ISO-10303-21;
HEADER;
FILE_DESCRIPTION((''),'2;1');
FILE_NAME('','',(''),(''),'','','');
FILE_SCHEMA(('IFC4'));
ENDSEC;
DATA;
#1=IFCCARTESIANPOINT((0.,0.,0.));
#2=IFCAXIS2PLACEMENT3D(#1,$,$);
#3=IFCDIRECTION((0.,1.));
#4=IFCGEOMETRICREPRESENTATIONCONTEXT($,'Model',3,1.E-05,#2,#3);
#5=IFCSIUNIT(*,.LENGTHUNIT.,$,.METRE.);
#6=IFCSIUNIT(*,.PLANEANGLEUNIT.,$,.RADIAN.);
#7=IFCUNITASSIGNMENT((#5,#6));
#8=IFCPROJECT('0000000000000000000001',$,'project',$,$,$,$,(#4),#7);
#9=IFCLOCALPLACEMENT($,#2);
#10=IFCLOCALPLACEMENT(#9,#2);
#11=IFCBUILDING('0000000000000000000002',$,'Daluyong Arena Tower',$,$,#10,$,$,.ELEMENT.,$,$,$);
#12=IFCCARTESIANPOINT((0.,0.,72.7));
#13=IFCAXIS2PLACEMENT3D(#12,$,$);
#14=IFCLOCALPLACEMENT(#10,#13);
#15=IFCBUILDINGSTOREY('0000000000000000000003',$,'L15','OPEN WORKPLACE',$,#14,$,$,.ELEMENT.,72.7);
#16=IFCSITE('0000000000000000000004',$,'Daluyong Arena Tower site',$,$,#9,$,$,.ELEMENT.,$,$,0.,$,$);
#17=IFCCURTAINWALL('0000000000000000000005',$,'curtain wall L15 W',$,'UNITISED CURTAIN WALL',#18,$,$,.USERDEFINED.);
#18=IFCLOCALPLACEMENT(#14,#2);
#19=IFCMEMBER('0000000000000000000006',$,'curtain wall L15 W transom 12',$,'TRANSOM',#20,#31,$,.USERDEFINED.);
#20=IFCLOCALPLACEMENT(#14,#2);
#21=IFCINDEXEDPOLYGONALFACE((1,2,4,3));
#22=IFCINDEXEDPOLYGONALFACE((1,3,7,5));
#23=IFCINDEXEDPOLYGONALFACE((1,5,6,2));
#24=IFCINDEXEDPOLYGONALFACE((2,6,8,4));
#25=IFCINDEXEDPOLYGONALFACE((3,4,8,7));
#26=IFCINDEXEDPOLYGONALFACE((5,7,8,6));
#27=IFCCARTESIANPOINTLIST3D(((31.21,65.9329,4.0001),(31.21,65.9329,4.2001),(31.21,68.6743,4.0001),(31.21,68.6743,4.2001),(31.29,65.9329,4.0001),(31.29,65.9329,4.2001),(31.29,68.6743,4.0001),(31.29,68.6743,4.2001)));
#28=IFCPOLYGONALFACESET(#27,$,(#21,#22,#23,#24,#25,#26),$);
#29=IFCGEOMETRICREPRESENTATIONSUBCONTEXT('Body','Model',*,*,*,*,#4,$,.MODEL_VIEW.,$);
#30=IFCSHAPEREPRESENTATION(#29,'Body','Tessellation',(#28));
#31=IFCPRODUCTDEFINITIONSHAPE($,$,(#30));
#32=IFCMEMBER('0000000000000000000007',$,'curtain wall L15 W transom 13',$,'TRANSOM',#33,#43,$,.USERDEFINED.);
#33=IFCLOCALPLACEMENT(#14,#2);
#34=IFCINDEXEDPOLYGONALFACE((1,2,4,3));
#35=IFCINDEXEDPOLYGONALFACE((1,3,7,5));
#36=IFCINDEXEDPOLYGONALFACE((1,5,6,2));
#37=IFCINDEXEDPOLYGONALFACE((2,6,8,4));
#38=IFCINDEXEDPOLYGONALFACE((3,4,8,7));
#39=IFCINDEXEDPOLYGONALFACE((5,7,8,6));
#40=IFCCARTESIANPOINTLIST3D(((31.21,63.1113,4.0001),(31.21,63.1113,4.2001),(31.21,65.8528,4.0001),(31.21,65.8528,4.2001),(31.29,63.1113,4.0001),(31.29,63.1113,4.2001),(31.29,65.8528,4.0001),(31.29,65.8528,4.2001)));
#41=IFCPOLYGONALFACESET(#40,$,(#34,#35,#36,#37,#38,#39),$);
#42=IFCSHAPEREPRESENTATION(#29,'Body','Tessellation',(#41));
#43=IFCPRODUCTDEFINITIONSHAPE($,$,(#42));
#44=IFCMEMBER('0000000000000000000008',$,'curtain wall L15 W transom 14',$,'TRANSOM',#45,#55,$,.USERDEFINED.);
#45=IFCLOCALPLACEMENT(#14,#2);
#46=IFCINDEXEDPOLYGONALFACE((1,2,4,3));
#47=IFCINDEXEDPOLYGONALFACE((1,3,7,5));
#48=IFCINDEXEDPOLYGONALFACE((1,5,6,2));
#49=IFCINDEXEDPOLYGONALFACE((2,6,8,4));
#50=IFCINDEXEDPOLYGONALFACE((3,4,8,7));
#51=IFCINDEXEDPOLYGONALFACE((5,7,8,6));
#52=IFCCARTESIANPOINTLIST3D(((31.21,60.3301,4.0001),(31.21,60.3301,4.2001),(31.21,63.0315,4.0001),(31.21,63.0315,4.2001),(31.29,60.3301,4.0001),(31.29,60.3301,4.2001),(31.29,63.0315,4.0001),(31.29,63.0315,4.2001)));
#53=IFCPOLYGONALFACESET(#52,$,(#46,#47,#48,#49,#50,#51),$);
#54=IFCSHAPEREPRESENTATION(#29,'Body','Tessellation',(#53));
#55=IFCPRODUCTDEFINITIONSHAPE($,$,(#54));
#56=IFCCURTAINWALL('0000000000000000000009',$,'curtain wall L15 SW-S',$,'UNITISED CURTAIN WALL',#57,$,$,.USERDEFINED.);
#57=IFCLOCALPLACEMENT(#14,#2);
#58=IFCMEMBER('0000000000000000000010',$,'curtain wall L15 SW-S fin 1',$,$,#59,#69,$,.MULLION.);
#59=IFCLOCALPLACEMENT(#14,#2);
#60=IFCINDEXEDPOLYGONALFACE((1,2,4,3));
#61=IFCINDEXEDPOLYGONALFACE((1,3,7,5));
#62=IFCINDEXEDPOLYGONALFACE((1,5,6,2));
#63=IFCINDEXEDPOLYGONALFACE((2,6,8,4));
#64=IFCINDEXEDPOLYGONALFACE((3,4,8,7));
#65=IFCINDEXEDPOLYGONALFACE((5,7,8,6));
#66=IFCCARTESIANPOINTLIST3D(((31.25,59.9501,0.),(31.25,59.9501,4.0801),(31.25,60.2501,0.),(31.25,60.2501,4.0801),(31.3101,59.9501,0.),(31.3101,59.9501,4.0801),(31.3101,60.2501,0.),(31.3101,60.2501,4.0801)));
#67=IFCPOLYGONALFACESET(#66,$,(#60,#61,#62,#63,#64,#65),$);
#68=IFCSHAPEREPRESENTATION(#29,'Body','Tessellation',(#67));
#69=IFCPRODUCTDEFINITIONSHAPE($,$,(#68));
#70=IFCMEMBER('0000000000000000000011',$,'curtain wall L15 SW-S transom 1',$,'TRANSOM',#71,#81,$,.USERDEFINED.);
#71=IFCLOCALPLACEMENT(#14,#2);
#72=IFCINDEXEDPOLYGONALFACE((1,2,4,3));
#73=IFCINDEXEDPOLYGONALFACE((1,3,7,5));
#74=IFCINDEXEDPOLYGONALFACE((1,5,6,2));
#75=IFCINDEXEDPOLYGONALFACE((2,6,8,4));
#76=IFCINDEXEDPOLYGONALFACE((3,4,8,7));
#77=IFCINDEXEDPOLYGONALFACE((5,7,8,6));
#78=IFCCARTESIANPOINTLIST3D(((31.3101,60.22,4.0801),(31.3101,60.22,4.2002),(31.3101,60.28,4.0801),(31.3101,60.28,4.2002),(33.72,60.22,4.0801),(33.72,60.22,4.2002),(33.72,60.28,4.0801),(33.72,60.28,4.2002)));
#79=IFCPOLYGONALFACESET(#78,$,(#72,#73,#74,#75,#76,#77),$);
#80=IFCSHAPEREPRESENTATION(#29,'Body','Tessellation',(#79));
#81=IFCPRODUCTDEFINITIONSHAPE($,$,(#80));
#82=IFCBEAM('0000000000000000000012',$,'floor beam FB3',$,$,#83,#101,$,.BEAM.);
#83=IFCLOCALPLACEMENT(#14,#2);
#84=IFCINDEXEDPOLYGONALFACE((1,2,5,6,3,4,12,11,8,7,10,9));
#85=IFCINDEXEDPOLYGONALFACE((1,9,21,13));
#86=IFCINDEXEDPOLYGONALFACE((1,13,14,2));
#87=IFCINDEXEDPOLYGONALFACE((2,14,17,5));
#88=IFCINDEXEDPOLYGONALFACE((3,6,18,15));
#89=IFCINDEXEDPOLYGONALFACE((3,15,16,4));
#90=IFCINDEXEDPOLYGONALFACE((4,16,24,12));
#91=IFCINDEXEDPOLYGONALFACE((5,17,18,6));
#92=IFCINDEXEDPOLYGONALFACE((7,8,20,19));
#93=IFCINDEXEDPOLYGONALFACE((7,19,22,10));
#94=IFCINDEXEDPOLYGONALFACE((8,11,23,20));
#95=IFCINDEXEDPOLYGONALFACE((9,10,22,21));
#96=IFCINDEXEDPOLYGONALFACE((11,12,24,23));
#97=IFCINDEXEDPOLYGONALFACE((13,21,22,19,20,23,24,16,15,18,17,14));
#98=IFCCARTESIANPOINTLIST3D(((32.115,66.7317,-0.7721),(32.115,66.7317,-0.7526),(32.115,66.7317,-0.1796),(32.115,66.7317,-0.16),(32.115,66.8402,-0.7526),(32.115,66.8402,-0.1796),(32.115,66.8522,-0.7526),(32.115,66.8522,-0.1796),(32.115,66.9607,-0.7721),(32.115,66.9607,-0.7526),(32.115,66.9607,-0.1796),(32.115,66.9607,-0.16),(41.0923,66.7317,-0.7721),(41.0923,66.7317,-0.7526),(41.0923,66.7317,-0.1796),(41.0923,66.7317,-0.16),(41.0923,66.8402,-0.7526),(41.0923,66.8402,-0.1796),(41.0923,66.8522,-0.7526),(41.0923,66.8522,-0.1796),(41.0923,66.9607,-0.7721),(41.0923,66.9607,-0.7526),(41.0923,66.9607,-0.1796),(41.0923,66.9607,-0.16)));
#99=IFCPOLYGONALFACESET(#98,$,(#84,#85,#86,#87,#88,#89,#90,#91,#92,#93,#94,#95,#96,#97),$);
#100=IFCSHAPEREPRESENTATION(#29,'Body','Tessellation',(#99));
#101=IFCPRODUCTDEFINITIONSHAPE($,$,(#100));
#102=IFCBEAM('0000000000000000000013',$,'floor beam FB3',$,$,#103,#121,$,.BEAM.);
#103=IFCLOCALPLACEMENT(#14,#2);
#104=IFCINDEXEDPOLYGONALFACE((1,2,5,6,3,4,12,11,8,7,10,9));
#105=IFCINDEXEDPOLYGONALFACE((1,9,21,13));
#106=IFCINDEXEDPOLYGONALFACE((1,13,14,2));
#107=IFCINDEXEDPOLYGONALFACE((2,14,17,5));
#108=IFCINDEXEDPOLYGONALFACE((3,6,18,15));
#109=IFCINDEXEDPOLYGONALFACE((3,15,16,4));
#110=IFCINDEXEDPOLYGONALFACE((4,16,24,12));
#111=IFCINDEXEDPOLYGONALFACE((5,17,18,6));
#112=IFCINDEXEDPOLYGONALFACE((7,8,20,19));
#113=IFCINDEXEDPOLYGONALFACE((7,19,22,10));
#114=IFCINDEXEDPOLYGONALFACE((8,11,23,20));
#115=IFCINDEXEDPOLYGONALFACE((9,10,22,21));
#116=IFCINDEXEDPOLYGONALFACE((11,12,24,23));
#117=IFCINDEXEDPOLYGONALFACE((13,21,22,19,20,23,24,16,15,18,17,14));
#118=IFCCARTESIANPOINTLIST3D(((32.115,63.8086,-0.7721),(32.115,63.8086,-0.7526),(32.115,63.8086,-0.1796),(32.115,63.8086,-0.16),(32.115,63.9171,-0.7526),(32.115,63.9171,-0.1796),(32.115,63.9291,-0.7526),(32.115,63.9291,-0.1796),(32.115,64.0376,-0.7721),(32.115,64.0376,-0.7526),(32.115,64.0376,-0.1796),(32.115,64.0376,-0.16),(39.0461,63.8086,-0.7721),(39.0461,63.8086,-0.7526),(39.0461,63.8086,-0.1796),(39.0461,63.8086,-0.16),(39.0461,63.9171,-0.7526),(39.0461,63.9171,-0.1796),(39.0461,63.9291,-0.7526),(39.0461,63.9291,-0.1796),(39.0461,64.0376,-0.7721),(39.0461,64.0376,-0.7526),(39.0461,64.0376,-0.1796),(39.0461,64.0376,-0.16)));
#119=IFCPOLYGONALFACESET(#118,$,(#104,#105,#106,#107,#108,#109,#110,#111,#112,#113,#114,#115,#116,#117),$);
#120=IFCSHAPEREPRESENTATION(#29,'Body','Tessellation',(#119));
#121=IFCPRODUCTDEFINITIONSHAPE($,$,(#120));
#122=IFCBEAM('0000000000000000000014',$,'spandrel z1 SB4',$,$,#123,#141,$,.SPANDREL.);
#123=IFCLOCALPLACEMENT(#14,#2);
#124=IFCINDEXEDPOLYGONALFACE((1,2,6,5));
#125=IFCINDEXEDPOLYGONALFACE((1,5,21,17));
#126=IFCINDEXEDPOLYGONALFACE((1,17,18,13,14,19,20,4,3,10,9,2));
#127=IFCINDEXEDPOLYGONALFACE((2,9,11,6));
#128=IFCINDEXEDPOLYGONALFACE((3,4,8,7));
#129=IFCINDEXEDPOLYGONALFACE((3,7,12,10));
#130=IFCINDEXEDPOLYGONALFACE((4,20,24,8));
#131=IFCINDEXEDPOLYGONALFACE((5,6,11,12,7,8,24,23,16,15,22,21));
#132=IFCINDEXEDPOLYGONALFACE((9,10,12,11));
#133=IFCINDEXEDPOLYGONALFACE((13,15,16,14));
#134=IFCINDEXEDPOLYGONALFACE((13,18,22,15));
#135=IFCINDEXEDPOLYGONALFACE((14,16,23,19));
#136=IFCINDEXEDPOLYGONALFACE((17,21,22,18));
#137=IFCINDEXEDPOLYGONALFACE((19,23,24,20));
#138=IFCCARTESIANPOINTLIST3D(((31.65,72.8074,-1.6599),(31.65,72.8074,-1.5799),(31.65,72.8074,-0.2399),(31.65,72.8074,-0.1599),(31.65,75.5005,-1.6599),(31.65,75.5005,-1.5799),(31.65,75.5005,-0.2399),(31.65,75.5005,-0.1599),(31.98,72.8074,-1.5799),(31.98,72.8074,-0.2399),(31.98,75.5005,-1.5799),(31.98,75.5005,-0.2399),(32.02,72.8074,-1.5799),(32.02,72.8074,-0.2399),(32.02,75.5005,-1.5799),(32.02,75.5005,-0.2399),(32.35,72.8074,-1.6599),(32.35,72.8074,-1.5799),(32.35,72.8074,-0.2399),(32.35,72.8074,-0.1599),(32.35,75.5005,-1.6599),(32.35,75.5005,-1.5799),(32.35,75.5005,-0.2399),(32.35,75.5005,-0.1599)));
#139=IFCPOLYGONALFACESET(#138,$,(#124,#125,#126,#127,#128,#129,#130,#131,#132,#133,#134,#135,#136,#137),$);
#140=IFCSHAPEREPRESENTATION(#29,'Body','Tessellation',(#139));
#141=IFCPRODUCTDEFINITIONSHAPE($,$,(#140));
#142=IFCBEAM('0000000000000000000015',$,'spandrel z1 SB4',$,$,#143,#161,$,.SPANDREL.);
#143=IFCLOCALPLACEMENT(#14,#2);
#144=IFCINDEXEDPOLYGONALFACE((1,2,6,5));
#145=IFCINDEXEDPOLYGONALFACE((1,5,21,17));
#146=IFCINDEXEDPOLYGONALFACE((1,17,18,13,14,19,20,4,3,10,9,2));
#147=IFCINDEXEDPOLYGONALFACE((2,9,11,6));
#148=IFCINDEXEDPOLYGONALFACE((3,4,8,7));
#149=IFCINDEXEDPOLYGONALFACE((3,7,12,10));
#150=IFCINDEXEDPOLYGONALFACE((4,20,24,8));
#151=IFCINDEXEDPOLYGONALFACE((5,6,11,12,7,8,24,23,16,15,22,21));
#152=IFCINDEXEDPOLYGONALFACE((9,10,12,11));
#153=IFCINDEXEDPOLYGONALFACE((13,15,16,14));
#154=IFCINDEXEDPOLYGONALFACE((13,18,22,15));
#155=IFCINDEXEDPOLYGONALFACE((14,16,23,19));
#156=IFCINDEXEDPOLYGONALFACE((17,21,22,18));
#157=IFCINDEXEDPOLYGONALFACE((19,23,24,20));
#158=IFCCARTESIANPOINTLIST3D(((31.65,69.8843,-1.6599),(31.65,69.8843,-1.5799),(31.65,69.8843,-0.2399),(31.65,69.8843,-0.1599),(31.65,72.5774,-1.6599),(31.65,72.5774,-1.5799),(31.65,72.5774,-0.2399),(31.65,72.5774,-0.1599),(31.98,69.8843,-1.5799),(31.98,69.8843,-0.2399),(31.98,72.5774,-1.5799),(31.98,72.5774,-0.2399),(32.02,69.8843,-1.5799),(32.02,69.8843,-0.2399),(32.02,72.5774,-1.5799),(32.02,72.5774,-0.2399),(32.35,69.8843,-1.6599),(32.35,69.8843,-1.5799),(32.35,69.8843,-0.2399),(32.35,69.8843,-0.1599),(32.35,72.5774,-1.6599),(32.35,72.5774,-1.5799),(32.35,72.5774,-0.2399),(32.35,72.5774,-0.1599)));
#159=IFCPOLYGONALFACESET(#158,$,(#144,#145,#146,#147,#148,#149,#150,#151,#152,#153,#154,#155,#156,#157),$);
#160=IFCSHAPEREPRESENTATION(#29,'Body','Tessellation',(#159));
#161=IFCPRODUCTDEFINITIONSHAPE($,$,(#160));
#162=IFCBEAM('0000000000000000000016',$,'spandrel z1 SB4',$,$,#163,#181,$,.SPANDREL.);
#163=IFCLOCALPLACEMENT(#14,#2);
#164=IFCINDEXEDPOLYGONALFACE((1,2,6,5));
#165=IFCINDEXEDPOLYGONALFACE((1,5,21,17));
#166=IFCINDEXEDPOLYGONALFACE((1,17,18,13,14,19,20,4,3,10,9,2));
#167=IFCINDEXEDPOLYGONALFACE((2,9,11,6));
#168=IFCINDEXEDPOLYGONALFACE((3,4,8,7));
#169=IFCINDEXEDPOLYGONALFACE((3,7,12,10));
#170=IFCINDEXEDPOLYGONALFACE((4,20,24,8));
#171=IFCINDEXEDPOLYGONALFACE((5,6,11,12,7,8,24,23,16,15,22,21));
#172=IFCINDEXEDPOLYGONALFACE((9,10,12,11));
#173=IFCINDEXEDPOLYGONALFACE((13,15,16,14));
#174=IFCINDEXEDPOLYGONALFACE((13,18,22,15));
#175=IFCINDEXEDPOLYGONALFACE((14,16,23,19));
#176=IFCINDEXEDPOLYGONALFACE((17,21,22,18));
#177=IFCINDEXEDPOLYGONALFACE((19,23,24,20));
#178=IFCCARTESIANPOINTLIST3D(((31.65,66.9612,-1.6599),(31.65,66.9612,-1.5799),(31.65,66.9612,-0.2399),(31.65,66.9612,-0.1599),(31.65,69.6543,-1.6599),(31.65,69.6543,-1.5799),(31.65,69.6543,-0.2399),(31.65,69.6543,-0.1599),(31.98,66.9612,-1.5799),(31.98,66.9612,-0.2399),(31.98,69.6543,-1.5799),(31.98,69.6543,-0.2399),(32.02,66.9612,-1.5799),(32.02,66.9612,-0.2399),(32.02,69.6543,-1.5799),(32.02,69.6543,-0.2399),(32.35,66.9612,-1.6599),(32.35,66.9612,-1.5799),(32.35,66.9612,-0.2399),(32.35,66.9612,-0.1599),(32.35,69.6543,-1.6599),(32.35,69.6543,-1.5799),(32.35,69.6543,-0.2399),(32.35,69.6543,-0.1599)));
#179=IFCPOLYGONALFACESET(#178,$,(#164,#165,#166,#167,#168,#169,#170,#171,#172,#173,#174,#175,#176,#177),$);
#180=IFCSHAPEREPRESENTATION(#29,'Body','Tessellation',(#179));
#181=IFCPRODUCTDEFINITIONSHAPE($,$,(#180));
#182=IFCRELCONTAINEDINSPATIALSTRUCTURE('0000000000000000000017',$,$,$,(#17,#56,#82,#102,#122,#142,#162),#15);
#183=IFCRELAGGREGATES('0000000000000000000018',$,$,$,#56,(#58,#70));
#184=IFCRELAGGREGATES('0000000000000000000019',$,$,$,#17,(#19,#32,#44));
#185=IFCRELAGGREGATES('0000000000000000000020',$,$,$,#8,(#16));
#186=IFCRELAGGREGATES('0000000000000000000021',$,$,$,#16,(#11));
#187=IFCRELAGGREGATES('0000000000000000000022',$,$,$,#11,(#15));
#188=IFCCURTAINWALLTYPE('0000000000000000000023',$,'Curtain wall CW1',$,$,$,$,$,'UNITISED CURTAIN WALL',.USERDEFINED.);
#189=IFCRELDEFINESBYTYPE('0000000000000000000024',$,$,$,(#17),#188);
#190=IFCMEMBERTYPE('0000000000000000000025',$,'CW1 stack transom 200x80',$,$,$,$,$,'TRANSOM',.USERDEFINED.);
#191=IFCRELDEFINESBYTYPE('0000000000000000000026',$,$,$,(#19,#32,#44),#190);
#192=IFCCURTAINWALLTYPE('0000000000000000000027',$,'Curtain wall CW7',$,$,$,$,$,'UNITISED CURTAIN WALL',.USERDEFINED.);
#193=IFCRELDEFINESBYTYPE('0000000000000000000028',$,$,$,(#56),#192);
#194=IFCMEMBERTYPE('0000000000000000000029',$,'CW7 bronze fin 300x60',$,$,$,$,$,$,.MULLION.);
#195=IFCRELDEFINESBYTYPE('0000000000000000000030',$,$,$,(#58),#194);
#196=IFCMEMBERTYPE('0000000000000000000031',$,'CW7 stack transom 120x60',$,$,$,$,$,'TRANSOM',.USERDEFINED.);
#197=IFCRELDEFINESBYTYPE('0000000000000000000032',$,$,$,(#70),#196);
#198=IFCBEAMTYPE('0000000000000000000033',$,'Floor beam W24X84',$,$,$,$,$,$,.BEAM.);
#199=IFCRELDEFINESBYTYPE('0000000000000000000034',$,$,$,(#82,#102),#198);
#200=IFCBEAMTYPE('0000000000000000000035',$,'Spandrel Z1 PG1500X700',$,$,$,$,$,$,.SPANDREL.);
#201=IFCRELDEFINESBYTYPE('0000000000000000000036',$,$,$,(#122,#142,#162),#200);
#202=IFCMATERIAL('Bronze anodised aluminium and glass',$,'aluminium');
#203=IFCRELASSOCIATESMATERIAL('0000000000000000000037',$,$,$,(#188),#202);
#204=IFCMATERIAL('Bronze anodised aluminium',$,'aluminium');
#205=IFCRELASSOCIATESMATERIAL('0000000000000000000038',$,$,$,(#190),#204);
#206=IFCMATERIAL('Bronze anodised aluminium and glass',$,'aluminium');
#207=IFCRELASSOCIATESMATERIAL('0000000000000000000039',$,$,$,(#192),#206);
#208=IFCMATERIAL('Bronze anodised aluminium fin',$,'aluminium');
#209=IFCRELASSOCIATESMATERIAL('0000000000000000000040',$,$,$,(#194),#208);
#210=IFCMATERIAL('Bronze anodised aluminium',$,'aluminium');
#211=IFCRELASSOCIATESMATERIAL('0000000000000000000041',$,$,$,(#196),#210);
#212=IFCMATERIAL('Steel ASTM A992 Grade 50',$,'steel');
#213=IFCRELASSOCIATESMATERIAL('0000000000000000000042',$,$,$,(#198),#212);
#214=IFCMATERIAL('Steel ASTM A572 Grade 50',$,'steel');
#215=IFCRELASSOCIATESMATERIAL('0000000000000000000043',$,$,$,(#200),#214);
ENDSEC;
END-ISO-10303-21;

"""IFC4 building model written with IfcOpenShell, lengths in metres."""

from ifc_helpers import new_model, si_unit, direction, frame, origin, origin_2d, place, context, subcontext, project, spatial, rectangle, i_section, extrude, material, material_profile, profile_set, type_object, element, aggregate, save


model = new_model("IFC4")

# Units and contexts
model_context = context("Model", 3, precision=1e-05, world=origin(), true_north=direction((0.0, 1.0)))
body_context = subcontext(model_context, "Body", "Model", "MODEL_VIEW")
ifc_project = project(units=[si_unit("LENGTHUNIT", "METRE"), si_unit("PLANEANGLEUNIT", "RADIAN")], contexts=[model_context])

# Site, building, storey
site_placement = place(None, origin())
site = spatial("IfcSite", under=ifc_project, at=site_placement, Name="Daluyong Arena Tower site", CompositionType="ELEMENT", RefElevation=0.0)
building_placement = place(site_placement, origin())
building = spatial("IfcBuilding", under=site, at=building_placement, Name="Daluyong Arena Tower", CompositionType="ELEMENT")
storey_placement = place(building_placement, frame((0.0, 0.0, 72.7)))
storey = spatial("IfcBuildingStorey", under=building, at=storey_placement, Name="L15", Description="OPEN WORKPLACE", CompositionType="ELEMENT", Elevation=72.7)

# Curtain walls, members
ifc_material_1 = material(Name="Bronze anodised aluminium and glass", Category="aluminium")
curtain_wall_type_1 = type_object("IfcCurtainWallType", Name="Curtain wall CW1", ElementType="UNITISED CURTAIN WALL", PredefinedType="USERDEFINED", material=ifc_material_1)
curtain_wall_1_placement = place(storey_placement, origin())
curtain_wall_1 = element("IfcCurtainWall", 1, at=curtain_wall_1_placement, inside=storey, type_object=curtain_wall_type_1, Name="curtain wall L15 W", ObjectType="UNITISED CURTAIN WALL", PredefinedType="USERDEFINED")
ifc_material_2 = material(Name="Bronze anodised aluminium", Category="aluminium")
ifc_material_profile_1 = material_profile(ifc_material_2, rectangle(XDim=0.0801, YDim=0.2, at=origin_2d()))
ifc_profile_set_1 = profile_set([ifc_material_profile_1], Name="Bronze anodised aluminium")
member_type_1 = type_object("IfcMemberType", Name="CW1 stack transom 200x80", ElementType="TRANSOM", PredefinedType="USERDEFINED", material=ifc_profile_set_1)
member_1_placement = place(storey_placement, frame((31.25, 68.6743, 4.1001), z_axis=(0.0, -1.0, 0.0), x_axis=(1.0, 0.0, 0.0)))
member_1 = element("IfcMember", 2, at=member_1_placement, type_object=member_type_1, Name="curtain wall L15 W transom 12", ObjectType="TRANSOM", PredefinedType="USERDEFINED", context=body_context, shape_type="SweptSolid", body=[
    extrude(rectangle(XDim=0.0801, YDim=0.2, at=origin_2d()), origin(), (0.0, 0.0, 1.0), 2.7415),
])
member_2_placement = place(storey_placement, frame((31.25, 65.8528, 4.1001), z_axis=(0.0, -1.0, 0.0), x_axis=(1.0, 0.0, 0.0)))
member_2 = element("IfcMember", 3, at=member_2_placement, type_object=member_type_1, Name="curtain wall L15 W transom 13", ObjectType="TRANSOM", PredefinedType="USERDEFINED", context=body_context, shape_type="SweptSolid", body=[
    extrude(rectangle(XDim=0.0801, YDim=0.2, at=origin_2d()), origin(), (0.0, 0.0, 1.0), 2.7415),
])
member_3_placement = place(storey_placement, frame((31.25, 63.0315, 4.1001), z_axis=(0.0, -1.0, 0.0), x_axis=(1.0, 0.0, 0.0)))
member_3 = element("IfcMember", 4, at=member_3_placement, type_object=member_type_1, Name="curtain wall L15 W transom 14", ObjectType="TRANSOM", PredefinedType="USERDEFINED", context=body_context, shape_type="SweptSolid", body=[
    extrude(rectangle(XDim=0.0801, YDim=0.2, at=origin_2d()), origin(), (0.0, 0.0, 1.0), 2.7014),
])
ifc_material_3 = material(Name="Bronze anodised aluminium and glass", Category="aluminium")
curtain_wall_type_2 = type_object("IfcCurtainWallType", Name="Curtain wall CW7", ElementType="UNITISED CURTAIN WALL", PredefinedType="USERDEFINED", material=ifc_material_3)
curtain_wall_2_placement = place(storey_placement, origin())
curtain_wall_2 = element("IfcCurtainWall", 5, at=curtain_wall_2_placement, inside=storey, type_object=curtain_wall_type_2, Name="curtain wall L15 SW-S", ObjectType="UNITISED CURTAIN WALL", PredefinedType="USERDEFINED")
ifc_material_4 = material(Name="Bronze anodised aluminium fin", Category="aluminium")
ifc_material_profile_2 = material_profile(ifc_material_4, rectangle(XDim=0.3, YDim=0.0601, at=origin_2d()))
ifc_profile_set_2 = profile_set([ifc_material_profile_2], Name="Bronze anodised aluminium fin")
member_type_2 = type_object("IfcMemberType", Name="CW7 bronze fin 300x60", PredefinedType="MULLION", material=ifc_profile_set_2)
member_4_placement = place(storey_placement, frame((31.28, 60.1001, 0.0), z_axis=(0.0, 0.0, 1.0), x_axis=(0.0, 1.0, 0.0)))
member_4 = element("IfcMember", 6, at=member_4_placement, type_object=member_type_2, Name="curtain wall L15 SW-S fin 1", PredefinedType="MULLION", context=body_context, shape_type="SweptSolid", body=[
    extrude(rectangle(XDim=0.3, YDim=0.0601, at=origin_2d()), origin(), (0.0, 0.0, 1.0), 4.0801),
])
ifc_material_5 = material(Name="Bronze anodised aluminium", Category="aluminium")
ifc_material_profile_3 = material_profile(ifc_material_5, rectangle(XDim=0.0601, YDim=0.1201, at=origin_2d()))
ifc_profile_set_3 = profile_set([ifc_material_profile_3], Name="Bronze anodised aluminium")
member_type_3 = type_object("IfcMemberType", Name="CW7 stack transom 120x60", ElementType="TRANSOM", PredefinedType="USERDEFINED", material=ifc_profile_set_3)
member_5_placement = place(storey_placement, frame((31.3101, 60.25, 4.1401), z_axis=(1.0, 0.0, 0.0), x_axis=(0.0, 1.0, 0.0)))
member_5 = element("IfcMember", 7, at=member_5_placement, type_object=member_type_3, Name="curtain wall L15 SW-S transom 1", ObjectType="TRANSOM", PredefinedType="USERDEFINED", context=body_context, shape_type="SweptSolid", body=[
    extrude(rectangle(XDim=0.0601, YDim=0.1201, at=origin_2d()), origin(), (0.0, 0.0, 1.0), 2.4099),
])
aggregate(curtain_wall_2, [member_4, member_5])

# Beams
ifc_material_6 = material(Name="Steel ASTM A992 Grade 50", Category="steel")
ifc_material_profile_4 = material_profile(ifc_material_6, i_section(OverallWidth=0.229, OverallDepth=0.6121, WebThickness=0.012, FlangeThickness=0.0195, at=origin_2d()))
ifc_profile_set_4 = profile_set([ifc_material_profile_4], Name="Steel ASTM A992 Grade 50")
beam_type_1 = type_object("IfcBeamType", Name="Floor beam W24X84", PredefinedType="BEAM", material=ifc_profile_set_4)
beam_1_placement = place(storey_placement, frame((32.115, 66.8462, -0.4661), z_axis=(1.0, 0.0, 0.0), x_axis=(0.0, 1.0, 0.0)))
element("IfcBeam", 8, at=beam_1_placement, inside=storey, type_object=beam_type_1, Name="floor beam FB3", PredefinedType="BEAM", context=body_context, shape_type="SweptSolid", body=[
    extrude(i_section(OverallWidth=0.229, OverallDepth=0.6121, WebThickness=0.012, FlangeThickness=0.0195, at=origin_2d()), origin(), (0.0, 0.0, 1.0), 8.9773),
])
beam_2_placement = place(storey_placement, frame((32.115, 63.9231, -0.4661), z_axis=(1.0, 0.0, 0.0), x_axis=(0.0, 1.0, 0.0)))
element("IfcBeam", 9, at=beam_2_placement, inside=storey, type_object=beam_type_1, Name="floor beam FB3", PredefinedType="BEAM", context=body_context, shape_type="SweptSolid", body=[
    extrude(i_section(OverallWidth=0.229, OverallDepth=0.6121, WebThickness=0.012, FlangeThickness=0.0195, at=origin_2d()), origin(), (0.0, 0.0, 1.0), 6.9312),
])
ifc_material_7 = material(Name="Steel ASTM A572 Grade 50", Category="steel")
ifc_material_profile_5 = material_profile(ifc_material_7, i_section(OverallWidth=0.7, OverallDepth=1.5, WebThickness=0.04, FlangeThickness=0.08, at=origin_2d()))
ifc_profile_set_5 = profile_set([ifc_material_profile_5], Name="Steel ASTM A572 Grade 50")
beam_type_2 = type_object("IfcBeamType", Name="Spandrel Z1 PG1500X700", PredefinedType="SPANDREL", material=ifc_profile_set_5)
for number, where, z_axis, x_axis, name in (
    (10, (32.0, 75.5005, -0.9099), (0.0, -1.0, 0.0), (1.0, 0.0, 0.0), "spandrel z1 SB4"),
    (11, (32.0, 72.5774, -0.9099), (0.0, -1.0, 0.0), (1.0, 0.0, 0.0), "spandrel z1 SB4"),
    (12, (32.0, 69.6543, -0.9099), (0.0, -1.0, 0.0), (1.0, 0.0, 0.0), "spandrel z1 SB4"),
):
    element("IfcBeam", number, at=place(storey_placement, frame(where, z_axis=z_axis, x_axis=x_axis)), inside=storey, type_object=beam_type_2, Name=name, PredefinedType="SPANDREL", context=body_context, shape_type="SweptSolid", body=[
        extrude(i_section(OverallWidth=0.7, OverallDepth=1.5, WebThickness=0.04, FlangeThickness=0.08, at=origin_2d()), origin(), (0.0, 0.0, 1.0), 2.6931),
    ])

aggregate(curtain_wall_1, [member_1, member_2, member_3])

save(model, "model.ifc")
